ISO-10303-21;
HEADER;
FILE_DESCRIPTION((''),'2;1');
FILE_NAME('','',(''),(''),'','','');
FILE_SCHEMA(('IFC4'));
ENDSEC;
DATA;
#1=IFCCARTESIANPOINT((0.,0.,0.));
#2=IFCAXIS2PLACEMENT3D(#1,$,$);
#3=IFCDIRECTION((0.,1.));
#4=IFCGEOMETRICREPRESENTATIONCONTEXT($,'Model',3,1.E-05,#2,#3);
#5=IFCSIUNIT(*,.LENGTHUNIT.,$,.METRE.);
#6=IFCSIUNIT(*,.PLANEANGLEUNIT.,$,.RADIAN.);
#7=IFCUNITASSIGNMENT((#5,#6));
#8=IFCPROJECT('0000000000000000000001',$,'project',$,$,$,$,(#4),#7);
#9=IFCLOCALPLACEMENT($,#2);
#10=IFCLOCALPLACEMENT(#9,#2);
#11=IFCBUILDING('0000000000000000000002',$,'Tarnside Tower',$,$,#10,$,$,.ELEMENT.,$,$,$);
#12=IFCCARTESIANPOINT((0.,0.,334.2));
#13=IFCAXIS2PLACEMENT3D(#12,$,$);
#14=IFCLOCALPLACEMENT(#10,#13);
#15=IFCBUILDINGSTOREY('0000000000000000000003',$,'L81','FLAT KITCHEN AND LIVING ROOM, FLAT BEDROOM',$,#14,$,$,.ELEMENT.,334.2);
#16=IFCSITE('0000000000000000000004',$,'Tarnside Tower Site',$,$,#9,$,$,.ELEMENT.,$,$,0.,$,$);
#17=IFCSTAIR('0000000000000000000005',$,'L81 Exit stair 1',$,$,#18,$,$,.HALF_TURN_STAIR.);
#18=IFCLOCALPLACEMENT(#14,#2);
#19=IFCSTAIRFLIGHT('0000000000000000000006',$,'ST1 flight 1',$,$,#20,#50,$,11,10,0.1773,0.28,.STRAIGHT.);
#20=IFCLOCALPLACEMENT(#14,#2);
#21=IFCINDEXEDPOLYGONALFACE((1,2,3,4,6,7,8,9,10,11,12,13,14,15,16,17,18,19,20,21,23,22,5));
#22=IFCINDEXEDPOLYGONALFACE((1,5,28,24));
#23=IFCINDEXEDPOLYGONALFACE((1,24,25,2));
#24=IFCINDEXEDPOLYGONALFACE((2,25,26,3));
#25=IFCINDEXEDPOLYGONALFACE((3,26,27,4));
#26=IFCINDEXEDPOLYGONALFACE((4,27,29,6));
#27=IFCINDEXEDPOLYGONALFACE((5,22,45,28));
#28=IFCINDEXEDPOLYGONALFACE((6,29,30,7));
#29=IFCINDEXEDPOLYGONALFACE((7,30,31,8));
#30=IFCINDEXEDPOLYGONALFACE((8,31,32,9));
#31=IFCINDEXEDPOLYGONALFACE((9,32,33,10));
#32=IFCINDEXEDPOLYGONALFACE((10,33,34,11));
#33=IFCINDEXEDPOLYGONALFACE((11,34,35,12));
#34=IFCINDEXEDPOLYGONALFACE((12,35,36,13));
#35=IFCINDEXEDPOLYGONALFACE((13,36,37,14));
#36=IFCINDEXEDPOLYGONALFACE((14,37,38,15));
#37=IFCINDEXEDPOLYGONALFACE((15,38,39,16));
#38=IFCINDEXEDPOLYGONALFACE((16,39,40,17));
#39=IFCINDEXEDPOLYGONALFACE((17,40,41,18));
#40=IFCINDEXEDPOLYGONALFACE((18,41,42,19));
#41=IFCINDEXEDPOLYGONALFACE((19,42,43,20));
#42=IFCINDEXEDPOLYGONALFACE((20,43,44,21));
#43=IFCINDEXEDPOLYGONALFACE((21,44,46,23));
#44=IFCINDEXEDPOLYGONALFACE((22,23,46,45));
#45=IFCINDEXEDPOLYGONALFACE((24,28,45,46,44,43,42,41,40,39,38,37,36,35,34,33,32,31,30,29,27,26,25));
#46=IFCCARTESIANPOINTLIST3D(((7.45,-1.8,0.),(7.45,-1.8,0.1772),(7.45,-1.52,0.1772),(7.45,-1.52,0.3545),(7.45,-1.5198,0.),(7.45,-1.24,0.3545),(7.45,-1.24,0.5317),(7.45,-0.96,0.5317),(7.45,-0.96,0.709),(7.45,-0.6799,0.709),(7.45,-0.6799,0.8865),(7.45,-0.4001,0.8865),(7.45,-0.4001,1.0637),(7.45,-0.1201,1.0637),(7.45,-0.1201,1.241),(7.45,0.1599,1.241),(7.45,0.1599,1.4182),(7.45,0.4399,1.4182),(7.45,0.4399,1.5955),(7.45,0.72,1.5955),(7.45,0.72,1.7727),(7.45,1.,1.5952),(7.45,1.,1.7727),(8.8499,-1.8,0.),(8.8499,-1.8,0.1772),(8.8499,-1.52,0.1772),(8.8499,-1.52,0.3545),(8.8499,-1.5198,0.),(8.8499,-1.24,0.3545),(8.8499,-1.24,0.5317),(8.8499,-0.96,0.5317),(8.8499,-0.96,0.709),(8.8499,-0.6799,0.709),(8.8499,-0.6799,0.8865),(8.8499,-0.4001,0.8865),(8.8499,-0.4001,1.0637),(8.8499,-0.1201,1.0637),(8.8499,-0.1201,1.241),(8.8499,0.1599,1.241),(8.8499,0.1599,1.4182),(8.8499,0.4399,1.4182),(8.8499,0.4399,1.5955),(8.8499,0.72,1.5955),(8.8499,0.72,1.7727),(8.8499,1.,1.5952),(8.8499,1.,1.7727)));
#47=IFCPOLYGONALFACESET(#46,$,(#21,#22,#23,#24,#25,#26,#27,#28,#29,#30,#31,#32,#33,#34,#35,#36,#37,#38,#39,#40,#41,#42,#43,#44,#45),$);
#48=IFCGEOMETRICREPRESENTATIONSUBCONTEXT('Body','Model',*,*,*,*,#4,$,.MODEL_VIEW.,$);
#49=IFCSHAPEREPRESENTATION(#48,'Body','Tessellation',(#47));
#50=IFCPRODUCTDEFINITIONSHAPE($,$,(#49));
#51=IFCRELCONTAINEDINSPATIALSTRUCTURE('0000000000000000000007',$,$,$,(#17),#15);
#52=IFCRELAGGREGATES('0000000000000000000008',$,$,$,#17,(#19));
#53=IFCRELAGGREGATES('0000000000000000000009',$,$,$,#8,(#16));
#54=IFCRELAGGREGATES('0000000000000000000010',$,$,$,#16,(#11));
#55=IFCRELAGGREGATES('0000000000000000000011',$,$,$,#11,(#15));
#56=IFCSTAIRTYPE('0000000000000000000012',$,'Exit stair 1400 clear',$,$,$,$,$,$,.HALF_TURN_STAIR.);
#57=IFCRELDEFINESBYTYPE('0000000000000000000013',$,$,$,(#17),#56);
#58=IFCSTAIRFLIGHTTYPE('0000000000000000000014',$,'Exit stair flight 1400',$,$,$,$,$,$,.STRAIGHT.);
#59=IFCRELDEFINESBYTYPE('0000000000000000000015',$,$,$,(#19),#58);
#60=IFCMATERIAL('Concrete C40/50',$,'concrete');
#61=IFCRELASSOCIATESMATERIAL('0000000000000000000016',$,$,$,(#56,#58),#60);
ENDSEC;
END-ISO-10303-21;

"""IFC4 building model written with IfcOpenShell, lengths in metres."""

from ifc_helpers import new_model, si_unit, direction, frame, origin, place, context, subcontext, project, spatial, polyline, outline, extrude, material, type_object, element, aggregate, save


model = new_model("IFC4")

# Units and contexts
model_context = context("Model", 3, precision=1e-05, world=origin(), true_north=direction((0.0, 1.0)))
body_context = subcontext(model_context, "Body", "Model", "MODEL_VIEW")
ifc_project = project(units=[si_unit("LENGTHUNIT", "METRE"), si_unit("PLANEANGLEUNIT", "RADIAN")], contexts=[model_context])

# Site, building, storey
site_placement = place(None, origin())
site = spatial("IfcSite", under=ifc_project, at=site_placement, Name="Tarnside Tower Site", CompositionType="ELEMENT", RefElevation=0.0)
building_placement = place(site_placement, origin())
building = spatial("IfcBuilding", under=site, at=building_placement, Name="Tarnside Tower", CompositionType="ELEMENT")
storey_placement = place(building_placement, frame((0.0, 0.0, 334.2)))
storey = spatial("IfcBuildingStorey", under=building, at=storey_placement, Name="L81", Description="FLAT KITCHEN AND LIVING ROOM, FLAT BEDROOM", CompositionType="ELEMENT", Elevation=334.2)

# Shared definitions
ifc_material_1 = material(Name="Concrete C40/50", Category="concrete")

# Shared definitions
stair_type = type_object("IfcStairType", Name="Exit stair 1400 clear", PredefinedType="HALF_TURN_STAIR", material=ifc_material_1)

# Stair, stair flight
stair_1_placement = place(storey_placement, origin())
stair_1 = element("IfcStair", 1, at=stair_1_placement, inside=storey, type_object=stair_type, Name="L81 Exit stair 1", PredefinedType="HALF_TURN_STAIR")
stair_flight_type = type_object("IfcStairFlightType", Name="Exit stair flight 1400", PredefinedType="STRAIGHT", material=ifc_material_1)
stair_flight_placement = place(storey_placement, frame((8.1499, -1.8, 0.0), z_axis=(0.0, 0.0, 1.0), x_axis=(0.0, 1.0, 0.0)))
stair_flight = element("IfcStairFlight", 2, at=stair_flight_placement, type_object=stair_flight_type, Name="ST1 flight 1", NumberOfRisers=11, NumberOfTreads=10, PredefinedType="STRAIGHT", RiserHeight=0.1773, TreadLength=0.28, context=body_context, shape_type="SweptSolid", body=[
    extrude(outline(polyline([(0.0, 0.0), (0.0, 0.1772), (0.28, 0.1772), (0.28, 0.3545), (0.5601, 0.3545), (0.5601, 0.5317), (0.8401, 0.5317), (0.8401, 0.709), (1.1201, 0.709), (1.1201, 0.8865), (1.3999, 0.8865), (1.3999, 1.0637), (1.6799, 1.0637), (1.6799, 1.241), (1.96, 1.241), (1.96, 1.4182), (2.24, 1.4182), (2.24, 1.5955), (2.52, 1.5955), (2.52, 1.7727), (2.8, 1.7727), (2.8, 1.95), (2.8, 1.5952), (0.2803, 0.0), (0.0, 0.0)])), frame((0.0, 0.7, 0.0), z_axis=(0.0, -1.0, 0.0), x_axis=(1.0, 0.0, 0.0)), (0.0, 0.0, 1.0), 1.3999),
])
aggregate(stair_1, [stair_flight])

save(model, "model.ifc")
